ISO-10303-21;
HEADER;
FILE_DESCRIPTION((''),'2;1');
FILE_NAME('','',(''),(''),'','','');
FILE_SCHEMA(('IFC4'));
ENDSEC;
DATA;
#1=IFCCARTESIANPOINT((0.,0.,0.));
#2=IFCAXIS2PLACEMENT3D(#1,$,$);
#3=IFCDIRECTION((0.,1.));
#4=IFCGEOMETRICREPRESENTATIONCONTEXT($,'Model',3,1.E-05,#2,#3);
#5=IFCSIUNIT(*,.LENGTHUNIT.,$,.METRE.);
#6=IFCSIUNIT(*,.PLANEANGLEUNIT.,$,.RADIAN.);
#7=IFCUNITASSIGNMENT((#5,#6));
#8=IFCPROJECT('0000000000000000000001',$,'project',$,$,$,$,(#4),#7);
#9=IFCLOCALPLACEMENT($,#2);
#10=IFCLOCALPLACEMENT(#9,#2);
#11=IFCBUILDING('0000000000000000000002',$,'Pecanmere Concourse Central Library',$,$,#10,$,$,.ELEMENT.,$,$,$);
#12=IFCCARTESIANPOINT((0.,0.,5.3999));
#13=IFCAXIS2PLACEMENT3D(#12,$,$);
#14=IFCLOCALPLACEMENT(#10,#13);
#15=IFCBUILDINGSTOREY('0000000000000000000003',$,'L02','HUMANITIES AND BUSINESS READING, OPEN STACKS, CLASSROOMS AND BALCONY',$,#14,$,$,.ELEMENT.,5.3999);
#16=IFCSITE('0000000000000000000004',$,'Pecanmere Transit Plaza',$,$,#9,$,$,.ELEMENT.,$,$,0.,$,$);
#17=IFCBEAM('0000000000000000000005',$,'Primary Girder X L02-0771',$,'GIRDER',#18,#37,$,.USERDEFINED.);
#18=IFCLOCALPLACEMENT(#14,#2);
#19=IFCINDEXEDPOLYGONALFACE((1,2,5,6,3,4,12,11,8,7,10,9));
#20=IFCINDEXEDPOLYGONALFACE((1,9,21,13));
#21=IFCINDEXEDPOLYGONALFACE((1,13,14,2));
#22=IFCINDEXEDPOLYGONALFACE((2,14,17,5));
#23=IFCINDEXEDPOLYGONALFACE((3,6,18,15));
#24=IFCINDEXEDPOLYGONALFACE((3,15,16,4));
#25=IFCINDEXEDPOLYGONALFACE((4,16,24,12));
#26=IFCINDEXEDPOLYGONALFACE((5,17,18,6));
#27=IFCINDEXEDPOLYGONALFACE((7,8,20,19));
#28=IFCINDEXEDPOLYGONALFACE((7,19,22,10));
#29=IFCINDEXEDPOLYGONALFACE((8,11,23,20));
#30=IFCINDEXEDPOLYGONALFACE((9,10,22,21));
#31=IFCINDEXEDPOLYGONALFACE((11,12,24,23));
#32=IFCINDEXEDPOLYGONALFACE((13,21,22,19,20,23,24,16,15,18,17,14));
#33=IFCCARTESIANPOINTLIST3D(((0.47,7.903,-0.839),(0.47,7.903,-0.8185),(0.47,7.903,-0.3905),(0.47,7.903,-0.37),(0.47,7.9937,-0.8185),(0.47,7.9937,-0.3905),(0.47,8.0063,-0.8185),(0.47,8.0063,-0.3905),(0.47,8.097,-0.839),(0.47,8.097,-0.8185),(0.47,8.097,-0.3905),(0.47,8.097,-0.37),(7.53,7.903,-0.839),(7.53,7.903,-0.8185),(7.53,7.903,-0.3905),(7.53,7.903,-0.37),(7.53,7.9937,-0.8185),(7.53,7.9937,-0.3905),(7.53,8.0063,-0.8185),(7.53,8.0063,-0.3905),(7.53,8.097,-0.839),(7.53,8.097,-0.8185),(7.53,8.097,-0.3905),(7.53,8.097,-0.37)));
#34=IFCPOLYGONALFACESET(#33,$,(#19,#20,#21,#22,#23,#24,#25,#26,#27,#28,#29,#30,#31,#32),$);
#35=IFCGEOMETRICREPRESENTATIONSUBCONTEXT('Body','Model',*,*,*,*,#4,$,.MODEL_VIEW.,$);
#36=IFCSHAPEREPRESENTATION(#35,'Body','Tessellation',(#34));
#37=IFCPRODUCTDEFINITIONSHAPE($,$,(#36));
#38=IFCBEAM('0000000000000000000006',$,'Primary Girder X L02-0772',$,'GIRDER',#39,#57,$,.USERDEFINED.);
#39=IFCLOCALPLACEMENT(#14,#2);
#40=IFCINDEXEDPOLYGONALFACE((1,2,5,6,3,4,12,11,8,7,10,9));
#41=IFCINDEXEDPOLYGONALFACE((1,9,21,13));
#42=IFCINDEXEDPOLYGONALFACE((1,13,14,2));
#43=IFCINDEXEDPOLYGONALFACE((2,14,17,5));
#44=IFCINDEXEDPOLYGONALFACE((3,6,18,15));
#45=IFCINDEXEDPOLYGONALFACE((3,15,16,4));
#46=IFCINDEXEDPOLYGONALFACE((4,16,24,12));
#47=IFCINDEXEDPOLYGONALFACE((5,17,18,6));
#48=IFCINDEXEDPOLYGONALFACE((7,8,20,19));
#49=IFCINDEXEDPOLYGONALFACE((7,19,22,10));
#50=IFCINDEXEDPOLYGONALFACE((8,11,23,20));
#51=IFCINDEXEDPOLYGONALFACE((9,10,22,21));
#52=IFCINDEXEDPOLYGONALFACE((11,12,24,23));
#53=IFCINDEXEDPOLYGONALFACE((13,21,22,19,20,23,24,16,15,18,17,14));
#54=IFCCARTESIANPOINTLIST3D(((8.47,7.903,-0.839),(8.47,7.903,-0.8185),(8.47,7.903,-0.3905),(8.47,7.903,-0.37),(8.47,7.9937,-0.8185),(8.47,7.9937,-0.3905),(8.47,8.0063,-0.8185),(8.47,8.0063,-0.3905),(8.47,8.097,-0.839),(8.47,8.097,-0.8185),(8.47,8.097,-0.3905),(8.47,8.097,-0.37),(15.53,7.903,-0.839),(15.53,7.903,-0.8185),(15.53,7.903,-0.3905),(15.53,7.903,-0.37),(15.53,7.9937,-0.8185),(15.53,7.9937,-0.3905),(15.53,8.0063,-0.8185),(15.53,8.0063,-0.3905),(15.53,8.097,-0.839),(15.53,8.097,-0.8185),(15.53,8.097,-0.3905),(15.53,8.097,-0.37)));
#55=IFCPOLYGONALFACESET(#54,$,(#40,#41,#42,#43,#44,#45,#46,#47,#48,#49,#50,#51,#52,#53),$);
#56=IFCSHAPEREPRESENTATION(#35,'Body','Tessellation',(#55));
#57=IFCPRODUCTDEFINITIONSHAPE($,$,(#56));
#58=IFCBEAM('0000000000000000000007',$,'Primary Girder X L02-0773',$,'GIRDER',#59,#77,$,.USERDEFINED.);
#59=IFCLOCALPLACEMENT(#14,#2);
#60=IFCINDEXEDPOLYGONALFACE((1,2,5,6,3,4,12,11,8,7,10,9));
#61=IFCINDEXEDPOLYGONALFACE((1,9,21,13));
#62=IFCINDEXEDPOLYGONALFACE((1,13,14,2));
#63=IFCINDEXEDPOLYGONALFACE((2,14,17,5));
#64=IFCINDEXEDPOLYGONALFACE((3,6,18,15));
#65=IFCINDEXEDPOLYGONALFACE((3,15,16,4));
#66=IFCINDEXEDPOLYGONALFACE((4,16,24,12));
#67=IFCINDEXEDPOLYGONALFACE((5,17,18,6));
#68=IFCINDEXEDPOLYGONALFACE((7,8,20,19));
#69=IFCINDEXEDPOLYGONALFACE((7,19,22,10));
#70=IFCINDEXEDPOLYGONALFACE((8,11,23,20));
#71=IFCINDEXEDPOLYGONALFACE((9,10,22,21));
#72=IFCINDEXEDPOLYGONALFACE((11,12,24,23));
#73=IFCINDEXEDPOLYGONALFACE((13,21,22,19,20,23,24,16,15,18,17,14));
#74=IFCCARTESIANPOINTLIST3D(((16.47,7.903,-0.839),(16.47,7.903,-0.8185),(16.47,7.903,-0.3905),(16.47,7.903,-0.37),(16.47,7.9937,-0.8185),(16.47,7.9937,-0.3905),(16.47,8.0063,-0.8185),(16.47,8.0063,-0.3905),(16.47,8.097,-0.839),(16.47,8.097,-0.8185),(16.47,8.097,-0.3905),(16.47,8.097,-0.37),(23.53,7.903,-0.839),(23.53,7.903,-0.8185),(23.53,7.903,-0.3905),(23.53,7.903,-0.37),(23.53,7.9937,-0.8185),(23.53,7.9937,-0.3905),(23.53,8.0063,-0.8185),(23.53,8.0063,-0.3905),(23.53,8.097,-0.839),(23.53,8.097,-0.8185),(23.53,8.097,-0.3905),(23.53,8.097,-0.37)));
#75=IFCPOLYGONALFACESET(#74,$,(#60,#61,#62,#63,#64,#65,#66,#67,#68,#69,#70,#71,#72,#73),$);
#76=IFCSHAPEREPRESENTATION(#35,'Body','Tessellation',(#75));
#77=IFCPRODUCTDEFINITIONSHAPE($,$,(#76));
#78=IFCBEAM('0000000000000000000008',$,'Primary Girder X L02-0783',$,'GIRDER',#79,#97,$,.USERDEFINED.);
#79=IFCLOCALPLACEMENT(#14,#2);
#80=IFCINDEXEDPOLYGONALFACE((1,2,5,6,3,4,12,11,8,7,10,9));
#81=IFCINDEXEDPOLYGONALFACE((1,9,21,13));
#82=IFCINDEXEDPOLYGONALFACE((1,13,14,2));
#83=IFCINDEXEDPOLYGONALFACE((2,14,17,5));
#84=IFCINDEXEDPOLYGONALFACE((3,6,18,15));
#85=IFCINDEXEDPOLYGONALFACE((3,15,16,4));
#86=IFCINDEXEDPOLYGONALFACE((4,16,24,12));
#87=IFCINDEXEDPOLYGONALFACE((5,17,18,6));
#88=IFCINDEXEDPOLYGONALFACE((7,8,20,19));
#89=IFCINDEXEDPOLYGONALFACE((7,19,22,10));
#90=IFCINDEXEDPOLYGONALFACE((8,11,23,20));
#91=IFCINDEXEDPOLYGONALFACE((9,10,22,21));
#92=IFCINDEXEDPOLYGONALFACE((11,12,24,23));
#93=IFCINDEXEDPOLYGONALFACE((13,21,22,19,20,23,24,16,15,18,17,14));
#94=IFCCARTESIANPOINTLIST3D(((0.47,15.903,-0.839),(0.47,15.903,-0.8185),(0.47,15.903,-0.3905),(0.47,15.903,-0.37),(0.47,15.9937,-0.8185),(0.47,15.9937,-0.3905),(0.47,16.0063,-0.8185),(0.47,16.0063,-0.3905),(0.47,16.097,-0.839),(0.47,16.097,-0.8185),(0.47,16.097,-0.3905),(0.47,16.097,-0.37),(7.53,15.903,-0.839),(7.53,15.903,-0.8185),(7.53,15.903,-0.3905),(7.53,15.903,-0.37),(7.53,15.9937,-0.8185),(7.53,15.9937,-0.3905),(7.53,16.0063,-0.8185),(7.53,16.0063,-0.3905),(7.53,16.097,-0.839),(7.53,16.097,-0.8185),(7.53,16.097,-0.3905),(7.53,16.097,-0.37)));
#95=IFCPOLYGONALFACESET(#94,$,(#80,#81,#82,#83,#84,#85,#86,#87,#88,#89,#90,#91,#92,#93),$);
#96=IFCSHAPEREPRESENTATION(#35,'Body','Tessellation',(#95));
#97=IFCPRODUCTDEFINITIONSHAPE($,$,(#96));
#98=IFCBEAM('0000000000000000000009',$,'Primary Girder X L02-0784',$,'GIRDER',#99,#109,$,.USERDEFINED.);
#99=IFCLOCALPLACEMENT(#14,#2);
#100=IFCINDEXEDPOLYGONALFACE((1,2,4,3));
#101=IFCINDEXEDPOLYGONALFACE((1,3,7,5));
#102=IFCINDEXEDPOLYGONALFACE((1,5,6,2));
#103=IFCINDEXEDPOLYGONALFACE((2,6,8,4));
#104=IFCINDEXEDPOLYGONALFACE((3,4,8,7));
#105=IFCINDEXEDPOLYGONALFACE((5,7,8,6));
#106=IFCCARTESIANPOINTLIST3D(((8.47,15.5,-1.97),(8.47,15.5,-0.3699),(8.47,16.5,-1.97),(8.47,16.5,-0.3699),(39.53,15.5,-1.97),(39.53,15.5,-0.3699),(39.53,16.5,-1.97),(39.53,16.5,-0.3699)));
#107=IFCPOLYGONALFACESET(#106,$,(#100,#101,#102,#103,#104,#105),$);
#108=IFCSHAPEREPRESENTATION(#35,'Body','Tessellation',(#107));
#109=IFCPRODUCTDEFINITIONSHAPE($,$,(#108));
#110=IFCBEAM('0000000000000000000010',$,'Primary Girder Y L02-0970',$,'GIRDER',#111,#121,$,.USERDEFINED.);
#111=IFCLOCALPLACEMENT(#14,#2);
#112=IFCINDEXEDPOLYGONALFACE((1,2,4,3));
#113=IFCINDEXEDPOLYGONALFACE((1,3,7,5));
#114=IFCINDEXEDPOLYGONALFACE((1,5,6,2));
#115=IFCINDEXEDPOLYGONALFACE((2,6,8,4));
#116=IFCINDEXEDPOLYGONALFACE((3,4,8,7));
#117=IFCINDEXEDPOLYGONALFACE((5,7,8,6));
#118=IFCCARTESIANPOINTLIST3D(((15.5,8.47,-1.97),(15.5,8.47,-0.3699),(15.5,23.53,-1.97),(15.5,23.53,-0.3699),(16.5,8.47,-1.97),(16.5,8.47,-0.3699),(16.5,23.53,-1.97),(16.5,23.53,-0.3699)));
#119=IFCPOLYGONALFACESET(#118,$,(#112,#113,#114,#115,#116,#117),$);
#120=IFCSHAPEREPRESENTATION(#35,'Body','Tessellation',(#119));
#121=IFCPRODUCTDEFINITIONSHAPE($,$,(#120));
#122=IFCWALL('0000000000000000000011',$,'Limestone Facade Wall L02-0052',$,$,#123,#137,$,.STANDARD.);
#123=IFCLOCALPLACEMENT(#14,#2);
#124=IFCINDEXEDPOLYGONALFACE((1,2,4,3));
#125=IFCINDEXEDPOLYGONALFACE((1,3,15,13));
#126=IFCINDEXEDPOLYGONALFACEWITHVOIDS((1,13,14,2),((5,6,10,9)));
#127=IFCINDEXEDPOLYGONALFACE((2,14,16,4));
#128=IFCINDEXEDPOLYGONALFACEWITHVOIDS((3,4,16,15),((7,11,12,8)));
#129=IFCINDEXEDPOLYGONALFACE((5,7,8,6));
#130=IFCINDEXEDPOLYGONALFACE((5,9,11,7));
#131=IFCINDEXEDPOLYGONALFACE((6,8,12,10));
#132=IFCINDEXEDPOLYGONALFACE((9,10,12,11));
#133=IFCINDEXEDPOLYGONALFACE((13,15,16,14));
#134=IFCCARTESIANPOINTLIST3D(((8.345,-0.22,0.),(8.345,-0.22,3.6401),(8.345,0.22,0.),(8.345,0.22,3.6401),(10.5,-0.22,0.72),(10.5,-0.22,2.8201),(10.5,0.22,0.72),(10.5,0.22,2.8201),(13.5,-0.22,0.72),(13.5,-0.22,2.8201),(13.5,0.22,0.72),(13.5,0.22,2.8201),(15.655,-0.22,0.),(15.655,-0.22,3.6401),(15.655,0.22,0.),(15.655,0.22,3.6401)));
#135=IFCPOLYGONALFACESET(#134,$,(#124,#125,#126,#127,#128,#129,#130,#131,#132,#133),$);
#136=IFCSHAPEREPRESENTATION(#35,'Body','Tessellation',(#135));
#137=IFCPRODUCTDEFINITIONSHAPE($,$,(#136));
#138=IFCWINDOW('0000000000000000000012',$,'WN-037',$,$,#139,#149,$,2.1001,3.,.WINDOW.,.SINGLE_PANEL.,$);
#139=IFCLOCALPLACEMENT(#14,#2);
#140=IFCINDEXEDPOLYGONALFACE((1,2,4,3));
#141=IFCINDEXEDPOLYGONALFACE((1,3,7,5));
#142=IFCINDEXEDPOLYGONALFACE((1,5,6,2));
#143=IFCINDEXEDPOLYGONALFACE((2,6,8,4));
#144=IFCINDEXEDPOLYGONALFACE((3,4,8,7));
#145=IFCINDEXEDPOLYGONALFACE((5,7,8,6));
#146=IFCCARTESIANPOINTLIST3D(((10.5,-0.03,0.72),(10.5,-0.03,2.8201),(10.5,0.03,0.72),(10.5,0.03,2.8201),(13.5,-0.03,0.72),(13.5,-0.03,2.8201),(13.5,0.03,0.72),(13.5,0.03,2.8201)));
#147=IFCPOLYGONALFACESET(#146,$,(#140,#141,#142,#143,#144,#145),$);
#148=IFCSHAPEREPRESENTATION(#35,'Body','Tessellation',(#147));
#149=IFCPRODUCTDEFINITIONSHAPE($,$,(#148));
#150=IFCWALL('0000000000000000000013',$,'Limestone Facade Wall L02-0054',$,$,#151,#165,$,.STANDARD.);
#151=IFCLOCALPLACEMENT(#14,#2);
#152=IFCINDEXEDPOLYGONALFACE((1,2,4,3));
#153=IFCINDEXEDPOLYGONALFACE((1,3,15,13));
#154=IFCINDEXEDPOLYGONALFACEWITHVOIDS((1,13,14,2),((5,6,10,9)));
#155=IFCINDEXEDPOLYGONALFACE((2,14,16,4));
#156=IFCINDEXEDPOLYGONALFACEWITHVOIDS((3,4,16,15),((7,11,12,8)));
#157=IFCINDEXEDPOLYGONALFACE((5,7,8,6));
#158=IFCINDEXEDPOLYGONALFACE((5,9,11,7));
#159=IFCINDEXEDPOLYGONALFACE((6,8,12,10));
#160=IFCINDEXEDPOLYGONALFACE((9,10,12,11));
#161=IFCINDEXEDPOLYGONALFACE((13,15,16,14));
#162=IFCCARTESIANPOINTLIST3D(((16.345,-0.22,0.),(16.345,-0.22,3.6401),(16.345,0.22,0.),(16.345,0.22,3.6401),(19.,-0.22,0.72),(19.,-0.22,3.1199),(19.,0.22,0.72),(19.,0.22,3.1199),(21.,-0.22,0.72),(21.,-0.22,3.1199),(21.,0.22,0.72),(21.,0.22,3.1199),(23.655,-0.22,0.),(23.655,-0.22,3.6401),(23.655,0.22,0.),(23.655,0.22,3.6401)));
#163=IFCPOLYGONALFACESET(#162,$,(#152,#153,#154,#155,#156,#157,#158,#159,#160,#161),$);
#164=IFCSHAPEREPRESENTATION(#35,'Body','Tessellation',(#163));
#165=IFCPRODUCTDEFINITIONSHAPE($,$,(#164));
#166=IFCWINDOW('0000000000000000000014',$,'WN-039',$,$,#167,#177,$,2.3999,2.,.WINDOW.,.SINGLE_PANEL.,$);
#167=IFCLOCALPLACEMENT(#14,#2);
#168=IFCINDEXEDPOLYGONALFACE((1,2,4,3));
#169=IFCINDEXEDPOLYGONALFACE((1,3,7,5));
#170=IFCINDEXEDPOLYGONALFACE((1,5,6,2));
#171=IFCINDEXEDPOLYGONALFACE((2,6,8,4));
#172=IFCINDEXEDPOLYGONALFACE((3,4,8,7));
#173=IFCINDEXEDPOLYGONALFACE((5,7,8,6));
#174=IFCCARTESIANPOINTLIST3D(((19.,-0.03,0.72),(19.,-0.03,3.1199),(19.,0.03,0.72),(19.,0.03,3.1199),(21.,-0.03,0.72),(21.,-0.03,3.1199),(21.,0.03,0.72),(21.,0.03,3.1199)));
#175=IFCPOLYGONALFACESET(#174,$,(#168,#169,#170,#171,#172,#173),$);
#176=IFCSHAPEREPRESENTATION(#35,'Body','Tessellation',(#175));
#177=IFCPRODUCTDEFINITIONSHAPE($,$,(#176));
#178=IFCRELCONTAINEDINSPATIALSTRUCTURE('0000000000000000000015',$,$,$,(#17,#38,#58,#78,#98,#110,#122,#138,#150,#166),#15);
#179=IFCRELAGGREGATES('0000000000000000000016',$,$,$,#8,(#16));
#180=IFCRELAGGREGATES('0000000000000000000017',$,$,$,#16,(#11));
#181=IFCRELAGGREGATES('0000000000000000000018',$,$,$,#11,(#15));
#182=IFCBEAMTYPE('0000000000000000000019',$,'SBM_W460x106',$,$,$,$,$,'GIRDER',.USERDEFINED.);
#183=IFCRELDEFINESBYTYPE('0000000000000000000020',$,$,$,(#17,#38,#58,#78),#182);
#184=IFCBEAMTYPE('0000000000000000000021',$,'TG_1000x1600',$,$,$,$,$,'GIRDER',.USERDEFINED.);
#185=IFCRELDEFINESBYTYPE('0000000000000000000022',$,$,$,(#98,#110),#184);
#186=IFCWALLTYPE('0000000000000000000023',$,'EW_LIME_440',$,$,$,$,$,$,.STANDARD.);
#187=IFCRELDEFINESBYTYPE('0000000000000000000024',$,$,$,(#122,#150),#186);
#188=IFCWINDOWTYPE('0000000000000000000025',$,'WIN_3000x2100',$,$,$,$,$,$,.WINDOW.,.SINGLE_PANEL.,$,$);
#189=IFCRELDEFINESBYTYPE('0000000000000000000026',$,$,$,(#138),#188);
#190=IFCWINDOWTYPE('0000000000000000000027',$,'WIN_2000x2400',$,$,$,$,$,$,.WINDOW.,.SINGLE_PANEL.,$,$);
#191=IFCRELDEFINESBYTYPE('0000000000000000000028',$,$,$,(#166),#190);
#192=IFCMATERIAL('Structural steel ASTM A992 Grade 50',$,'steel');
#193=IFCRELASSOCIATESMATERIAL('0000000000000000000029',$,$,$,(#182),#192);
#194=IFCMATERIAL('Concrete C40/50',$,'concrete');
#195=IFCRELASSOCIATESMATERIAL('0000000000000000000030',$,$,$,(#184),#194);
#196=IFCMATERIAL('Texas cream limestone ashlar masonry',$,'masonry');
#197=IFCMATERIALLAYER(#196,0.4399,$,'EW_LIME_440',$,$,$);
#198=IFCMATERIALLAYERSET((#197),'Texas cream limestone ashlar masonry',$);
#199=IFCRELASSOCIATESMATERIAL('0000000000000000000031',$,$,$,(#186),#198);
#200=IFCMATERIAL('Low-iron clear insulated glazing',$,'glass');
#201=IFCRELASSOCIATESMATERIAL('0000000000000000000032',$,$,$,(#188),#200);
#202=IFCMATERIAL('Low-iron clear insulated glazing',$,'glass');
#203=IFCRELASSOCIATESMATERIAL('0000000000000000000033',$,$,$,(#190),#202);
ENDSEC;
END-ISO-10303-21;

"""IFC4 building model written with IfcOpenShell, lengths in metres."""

from ifc_helpers import new_model, si_unit, direction, frame, frame_2d, origin, origin_2d, place, context, subcontext, project, spatial, rectangle, i_section, extrude, material, layer, layer_set, material_profile, profile_set, type_object, element, fill, save


model = new_model("IFC4")

# Units and contexts
model_context = context("Model", 3, precision=1e-05, world=origin(), true_north=direction((0.0, 1.0)))
body_context = subcontext(model_context, "Body", "Model", "MODEL_VIEW")
ifc_project = project(units=[si_unit("LENGTHUNIT", "METRE"), si_unit("PLANEANGLEUNIT", "RADIAN")], contexts=[model_context])

# Site, building, storey
site_placement = place(None, origin())
site = spatial("IfcSite", under=ifc_project, at=site_placement, Name="Pecanmere Transit Plaza", CompositionType="ELEMENT", RefElevation=0.0)
building_placement = place(site_placement, origin())
building = spatial("IfcBuilding", under=site, at=building_placement, Name="Pecanmere Concourse Central Library", CompositionType="ELEMENT")
storey_placement = place(building_placement, frame((0.0, 0.0, 5.3999)))
storey = spatial("IfcBuildingStorey", under=building, at=storey_placement, Name="L02", Description="HUMANITIES AND BUSINESS READING, OPEN STACKS, CLASSROOMS AND BALCONY", CompositionType="ELEMENT", Elevation=5.3999)

# Beams
ifc_material_1 = material(Name="Structural steel ASTM A992 Grade 50", Category="steel")
ifc_material_profile_1 = material_profile(ifc_material_1, i_section(OverallWidth=0.1941, OverallDepth=0.469, WebThickness=0.0127, FlangeThickness=0.0205, at=origin_2d()), Name="W460x106")
ifc_profile_set_1 = profile_set([ifc_material_profile_1], Name="Structural steel ASTM A992 Grade 50")
beam_type_1 = type_object("IfcBeamType", Name="SBM_W460x106", ElementType="GIRDER", PredefinedType="USERDEFINED", material=ifc_profile_set_1)
for number, where, z_axis, x_axis, name in (
    (1, (0.47, 8.0, -0.6045), (1.0, 0.0, 0.0), (0.0, 1.0, 0.0), "Primary Girder X L02-0771"),
    (2, (8.47, 8.0, -0.6045), (1.0, 0.0, 0.0), (0.0, 1.0, 0.0), "Primary Girder X L02-0772"),
    (3, (16.47, 8.0, -0.6045), (1.0, 0.0, 0.0), (0.0, 1.0, 0.0), "Primary Girder X L02-0773"),
    (4, (0.47, 16.0, -0.6045), (1.0, 0.0, 0.0), (0.0, 1.0, 0.0), "Primary Girder X L02-0783"),
):
    element("IfcBeam", number, at=place(storey_placement, frame(where, z_axis=z_axis, x_axis=x_axis)), inside=storey, type_object=beam_type_1, Name=name, ObjectType="GIRDER", PredefinedType="USERDEFINED", context=body_context, shape_type="SweptSolid", body=[
        extrude(i_section(OverallWidth=0.1941, OverallDepth=0.469, WebThickness=0.0127, FlangeThickness=0.0205, at=origin_2d()), origin(), (0.0, 0.0, 1.0), 7.0601),
    ])
ifc_material_2 = material(Name="Concrete C40/50", Category="concrete")
ifc_material_profile_2 = material_profile(ifc_material_2, rectangle(XDim=1.0, YDim=1.6001, at=origin_2d()), Name="RC 1000x1600")
ifc_profile_set_2 = profile_set([ifc_material_profile_2], Name="Concrete C40/50")
beam_type_2 = type_object("IfcBeamType", Name="TG_1000x1600", ElementType="GIRDER", PredefinedType="USERDEFINED", material=ifc_profile_set_2)
beam_1_placement = place(storey_placement, frame((8.47, 16.0, -1.1699), z_axis=(1.0, 0.0, 0.0), x_axis=(0.0, 1.0, 0.0)))
element("IfcBeam", 5, at=beam_1_placement, inside=storey, type_object=beam_type_2, Name="Primary Girder X L02-0784", ObjectType="GIRDER", PredefinedType="USERDEFINED", context=body_context, shape_type="SweptSolid", body=[
    extrude(rectangle(XDim=1.0, YDim=1.6001, at=origin_2d()), origin(), (0.0, 0.0, 1.0), 31.0601),
])
beam_2_placement = place(storey_placement, frame((16.0, 8.47, -1.1699), z_axis=(0.0, 1.0, 0.0), x_axis=(-1.0, 0.0, 0.0)))
element("IfcBeam", 6, at=beam_2_placement, inside=storey, type_object=beam_type_2, Name="Primary Girder Y L02-0970", ObjectType="GIRDER", PredefinedType="USERDEFINED", context=body_context, shape_type="SweptSolid", body=[
    extrude(rectangle(XDim=1.0, YDim=1.6001, at=origin_2d()), origin(), (0.0, 0.0, 1.0), 15.0601),
])

# Walls, openings, windows
ifc_material_3 = material(Name="Texas cream limestone ashlar masonry", Category="masonry")
ifc_layer = layer(ifc_material_3, 0.4399, Name="EW_LIME_440")
ifc_layer_set = layer_set([ifc_layer], Name="Texas cream limestone ashlar masonry")
wall_type = type_object("IfcWallType", Name="EW_LIME_440", PredefinedType="STANDARD", material=ifc_layer_set)
wall_1_placement = place(storey_placement, frame((8.345, 0.0, 0.0), z_axis=(0.0, 0.0, 1.0), x_axis=(1.0, 0.0, 0.0)))
wall_1 = element("IfcWall", 7, at=wall_1_placement, inside=storey, type_object=wall_type, Name="Limestone Facade Wall L02-0052", PredefinedType="STANDARD", context=body_context, shape_type="SweptSolid", body=[
    extrude(rectangle(XDim=7.3101, YDim=0.4399, at=frame_2d((3.655, 0.0))), origin(), (0.0, 0.0, 1.0), 3.6401),
])
opening_1_placement = place(wall_1_placement, frame((2.155, 0.0, 0.72)))
opening_1 = element("IfcOpeningElement", 8, at=opening_1_placement, cuts=wall_1, PredefinedType="OPENING", context=body_context, shape_type="SweptSolid", body=[
    extrude(rectangle(XDim=3.0, YDim=2.1001, at=frame_2d((1.5, 1.05))), frame((0.0, 0.2319, 0.0), z_axis=(0.0, -1.0, 0.0), x_axis=(1.0, 0.0, 0.0)), (0.0, 0.0, 1.0), 0.4639),
])
ifc_material_4 = material(Name="Low-iron clear insulated glazing", Category="glass")
window_type_1 = type_object("IfcWindowType", Name="WIN_3000x2100", PartitioningType="SINGLE_PANEL", PredefinedType="WINDOW", material=ifc_material_4)
window_1_placement = place(opening_1_placement, origin())
window_1 = element("IfcWindow", 9, at=window_1_placement, inside=storey, type_object=window_type_1, Name="WN-037", OverallHeight=2.1001, OverallWidth=3.0, PartitioningType="SINGLE_PANEL", PredefinedType="WINDOW", context=body_context, shape_type="SweptSolid", body=[
    extrude(rectangle(XDim=3.0, YDim=2.1001, at=frame_2d((1.5, 1.05))), frame((0.0, 0.03, 0.0), z_axis=(0.0, -1.0, 0.0), x_axis=(1.0, 0.0, 0.0)), (0.0, 0.0, 1.0), 0.0601),
])
fill(opening_1, window_1)
wall_2_placement = place(storey_placement, frame((16.345, 0.0, 0.0), z_axis=(0.0, 0.0, 1.0), x_axis=(1.0, 0.0, 0.0)))
wall_2 = element("IfcWall", 10, at=wall_2_placement, inside=storey, type_object=wall_type, Name="Limestone Facade Wall L02-0054", PredefinedType="STANDARD", context=body_context, shape_type="SweptSolid", body=[
    extrude(rectangle(XDim=7.3101, YDim=0.4399, at=frame_2d((3.655, 0.0))), origin(), (0.0, 0.0, 1.0), 3.6401),
])
opening_2_placement = place(wall_2_placement, frame((2.655, 0.0, 0.72)))
opening_2 = element("IfcOpeningElement", 11, at=opening_2_placement, cuts=wall_2, PredefinedType="OPENING", context=body_context, shape_type="SweptSolid", body=[
    extrude(rectangle(XDim=2.0, YDim=2.3999, at=frame_2d((1.0, 1.2))), frame((0.0, 0.2319, 0.0), z_axis=(0.0, -1.0, 0.0), x_axis=(1.0, 0.0, 0.0)), (0.0, 0.0, 1.0), 0.4639),
])
ifc_material_5 = material(Name="Low-iron clear insulated glazing", Category="glass")
window_type_2 = type_object("IfcWindowType", Name="WIN_2000x2400", PartitioningType="SINGLE_PANEL", PredefinedType="WINDOW", material=ifc_material_5)
window_2_placement = place(opening_2_placement, origin())
window_2 = element("IfcWindow", 12, at=window_2_placement, inside=storey, type_object=window_type_2, Name="WN-039", OverallHeight=2.3999, OverallWidth=2.0, PartitioningType="SINGLE_PANEL", PredefinedType="WINDOW", context=body_context, shape_type="SweptSolid", body=[
    extrude(rectangle(XDim=2.0, YDim=2.3999, at=frame_2d((1.0, 1.2))), frame((0.0, 0.03, 0.0), z_axis=(0.0, -1.0, 0.0), x_axis=(1.0, 0.0, 0.0)), (0.0, 0.0, 1.0), 0.0601),
])
fill(opening_2, window_2)

save(model, "model.ifc")
